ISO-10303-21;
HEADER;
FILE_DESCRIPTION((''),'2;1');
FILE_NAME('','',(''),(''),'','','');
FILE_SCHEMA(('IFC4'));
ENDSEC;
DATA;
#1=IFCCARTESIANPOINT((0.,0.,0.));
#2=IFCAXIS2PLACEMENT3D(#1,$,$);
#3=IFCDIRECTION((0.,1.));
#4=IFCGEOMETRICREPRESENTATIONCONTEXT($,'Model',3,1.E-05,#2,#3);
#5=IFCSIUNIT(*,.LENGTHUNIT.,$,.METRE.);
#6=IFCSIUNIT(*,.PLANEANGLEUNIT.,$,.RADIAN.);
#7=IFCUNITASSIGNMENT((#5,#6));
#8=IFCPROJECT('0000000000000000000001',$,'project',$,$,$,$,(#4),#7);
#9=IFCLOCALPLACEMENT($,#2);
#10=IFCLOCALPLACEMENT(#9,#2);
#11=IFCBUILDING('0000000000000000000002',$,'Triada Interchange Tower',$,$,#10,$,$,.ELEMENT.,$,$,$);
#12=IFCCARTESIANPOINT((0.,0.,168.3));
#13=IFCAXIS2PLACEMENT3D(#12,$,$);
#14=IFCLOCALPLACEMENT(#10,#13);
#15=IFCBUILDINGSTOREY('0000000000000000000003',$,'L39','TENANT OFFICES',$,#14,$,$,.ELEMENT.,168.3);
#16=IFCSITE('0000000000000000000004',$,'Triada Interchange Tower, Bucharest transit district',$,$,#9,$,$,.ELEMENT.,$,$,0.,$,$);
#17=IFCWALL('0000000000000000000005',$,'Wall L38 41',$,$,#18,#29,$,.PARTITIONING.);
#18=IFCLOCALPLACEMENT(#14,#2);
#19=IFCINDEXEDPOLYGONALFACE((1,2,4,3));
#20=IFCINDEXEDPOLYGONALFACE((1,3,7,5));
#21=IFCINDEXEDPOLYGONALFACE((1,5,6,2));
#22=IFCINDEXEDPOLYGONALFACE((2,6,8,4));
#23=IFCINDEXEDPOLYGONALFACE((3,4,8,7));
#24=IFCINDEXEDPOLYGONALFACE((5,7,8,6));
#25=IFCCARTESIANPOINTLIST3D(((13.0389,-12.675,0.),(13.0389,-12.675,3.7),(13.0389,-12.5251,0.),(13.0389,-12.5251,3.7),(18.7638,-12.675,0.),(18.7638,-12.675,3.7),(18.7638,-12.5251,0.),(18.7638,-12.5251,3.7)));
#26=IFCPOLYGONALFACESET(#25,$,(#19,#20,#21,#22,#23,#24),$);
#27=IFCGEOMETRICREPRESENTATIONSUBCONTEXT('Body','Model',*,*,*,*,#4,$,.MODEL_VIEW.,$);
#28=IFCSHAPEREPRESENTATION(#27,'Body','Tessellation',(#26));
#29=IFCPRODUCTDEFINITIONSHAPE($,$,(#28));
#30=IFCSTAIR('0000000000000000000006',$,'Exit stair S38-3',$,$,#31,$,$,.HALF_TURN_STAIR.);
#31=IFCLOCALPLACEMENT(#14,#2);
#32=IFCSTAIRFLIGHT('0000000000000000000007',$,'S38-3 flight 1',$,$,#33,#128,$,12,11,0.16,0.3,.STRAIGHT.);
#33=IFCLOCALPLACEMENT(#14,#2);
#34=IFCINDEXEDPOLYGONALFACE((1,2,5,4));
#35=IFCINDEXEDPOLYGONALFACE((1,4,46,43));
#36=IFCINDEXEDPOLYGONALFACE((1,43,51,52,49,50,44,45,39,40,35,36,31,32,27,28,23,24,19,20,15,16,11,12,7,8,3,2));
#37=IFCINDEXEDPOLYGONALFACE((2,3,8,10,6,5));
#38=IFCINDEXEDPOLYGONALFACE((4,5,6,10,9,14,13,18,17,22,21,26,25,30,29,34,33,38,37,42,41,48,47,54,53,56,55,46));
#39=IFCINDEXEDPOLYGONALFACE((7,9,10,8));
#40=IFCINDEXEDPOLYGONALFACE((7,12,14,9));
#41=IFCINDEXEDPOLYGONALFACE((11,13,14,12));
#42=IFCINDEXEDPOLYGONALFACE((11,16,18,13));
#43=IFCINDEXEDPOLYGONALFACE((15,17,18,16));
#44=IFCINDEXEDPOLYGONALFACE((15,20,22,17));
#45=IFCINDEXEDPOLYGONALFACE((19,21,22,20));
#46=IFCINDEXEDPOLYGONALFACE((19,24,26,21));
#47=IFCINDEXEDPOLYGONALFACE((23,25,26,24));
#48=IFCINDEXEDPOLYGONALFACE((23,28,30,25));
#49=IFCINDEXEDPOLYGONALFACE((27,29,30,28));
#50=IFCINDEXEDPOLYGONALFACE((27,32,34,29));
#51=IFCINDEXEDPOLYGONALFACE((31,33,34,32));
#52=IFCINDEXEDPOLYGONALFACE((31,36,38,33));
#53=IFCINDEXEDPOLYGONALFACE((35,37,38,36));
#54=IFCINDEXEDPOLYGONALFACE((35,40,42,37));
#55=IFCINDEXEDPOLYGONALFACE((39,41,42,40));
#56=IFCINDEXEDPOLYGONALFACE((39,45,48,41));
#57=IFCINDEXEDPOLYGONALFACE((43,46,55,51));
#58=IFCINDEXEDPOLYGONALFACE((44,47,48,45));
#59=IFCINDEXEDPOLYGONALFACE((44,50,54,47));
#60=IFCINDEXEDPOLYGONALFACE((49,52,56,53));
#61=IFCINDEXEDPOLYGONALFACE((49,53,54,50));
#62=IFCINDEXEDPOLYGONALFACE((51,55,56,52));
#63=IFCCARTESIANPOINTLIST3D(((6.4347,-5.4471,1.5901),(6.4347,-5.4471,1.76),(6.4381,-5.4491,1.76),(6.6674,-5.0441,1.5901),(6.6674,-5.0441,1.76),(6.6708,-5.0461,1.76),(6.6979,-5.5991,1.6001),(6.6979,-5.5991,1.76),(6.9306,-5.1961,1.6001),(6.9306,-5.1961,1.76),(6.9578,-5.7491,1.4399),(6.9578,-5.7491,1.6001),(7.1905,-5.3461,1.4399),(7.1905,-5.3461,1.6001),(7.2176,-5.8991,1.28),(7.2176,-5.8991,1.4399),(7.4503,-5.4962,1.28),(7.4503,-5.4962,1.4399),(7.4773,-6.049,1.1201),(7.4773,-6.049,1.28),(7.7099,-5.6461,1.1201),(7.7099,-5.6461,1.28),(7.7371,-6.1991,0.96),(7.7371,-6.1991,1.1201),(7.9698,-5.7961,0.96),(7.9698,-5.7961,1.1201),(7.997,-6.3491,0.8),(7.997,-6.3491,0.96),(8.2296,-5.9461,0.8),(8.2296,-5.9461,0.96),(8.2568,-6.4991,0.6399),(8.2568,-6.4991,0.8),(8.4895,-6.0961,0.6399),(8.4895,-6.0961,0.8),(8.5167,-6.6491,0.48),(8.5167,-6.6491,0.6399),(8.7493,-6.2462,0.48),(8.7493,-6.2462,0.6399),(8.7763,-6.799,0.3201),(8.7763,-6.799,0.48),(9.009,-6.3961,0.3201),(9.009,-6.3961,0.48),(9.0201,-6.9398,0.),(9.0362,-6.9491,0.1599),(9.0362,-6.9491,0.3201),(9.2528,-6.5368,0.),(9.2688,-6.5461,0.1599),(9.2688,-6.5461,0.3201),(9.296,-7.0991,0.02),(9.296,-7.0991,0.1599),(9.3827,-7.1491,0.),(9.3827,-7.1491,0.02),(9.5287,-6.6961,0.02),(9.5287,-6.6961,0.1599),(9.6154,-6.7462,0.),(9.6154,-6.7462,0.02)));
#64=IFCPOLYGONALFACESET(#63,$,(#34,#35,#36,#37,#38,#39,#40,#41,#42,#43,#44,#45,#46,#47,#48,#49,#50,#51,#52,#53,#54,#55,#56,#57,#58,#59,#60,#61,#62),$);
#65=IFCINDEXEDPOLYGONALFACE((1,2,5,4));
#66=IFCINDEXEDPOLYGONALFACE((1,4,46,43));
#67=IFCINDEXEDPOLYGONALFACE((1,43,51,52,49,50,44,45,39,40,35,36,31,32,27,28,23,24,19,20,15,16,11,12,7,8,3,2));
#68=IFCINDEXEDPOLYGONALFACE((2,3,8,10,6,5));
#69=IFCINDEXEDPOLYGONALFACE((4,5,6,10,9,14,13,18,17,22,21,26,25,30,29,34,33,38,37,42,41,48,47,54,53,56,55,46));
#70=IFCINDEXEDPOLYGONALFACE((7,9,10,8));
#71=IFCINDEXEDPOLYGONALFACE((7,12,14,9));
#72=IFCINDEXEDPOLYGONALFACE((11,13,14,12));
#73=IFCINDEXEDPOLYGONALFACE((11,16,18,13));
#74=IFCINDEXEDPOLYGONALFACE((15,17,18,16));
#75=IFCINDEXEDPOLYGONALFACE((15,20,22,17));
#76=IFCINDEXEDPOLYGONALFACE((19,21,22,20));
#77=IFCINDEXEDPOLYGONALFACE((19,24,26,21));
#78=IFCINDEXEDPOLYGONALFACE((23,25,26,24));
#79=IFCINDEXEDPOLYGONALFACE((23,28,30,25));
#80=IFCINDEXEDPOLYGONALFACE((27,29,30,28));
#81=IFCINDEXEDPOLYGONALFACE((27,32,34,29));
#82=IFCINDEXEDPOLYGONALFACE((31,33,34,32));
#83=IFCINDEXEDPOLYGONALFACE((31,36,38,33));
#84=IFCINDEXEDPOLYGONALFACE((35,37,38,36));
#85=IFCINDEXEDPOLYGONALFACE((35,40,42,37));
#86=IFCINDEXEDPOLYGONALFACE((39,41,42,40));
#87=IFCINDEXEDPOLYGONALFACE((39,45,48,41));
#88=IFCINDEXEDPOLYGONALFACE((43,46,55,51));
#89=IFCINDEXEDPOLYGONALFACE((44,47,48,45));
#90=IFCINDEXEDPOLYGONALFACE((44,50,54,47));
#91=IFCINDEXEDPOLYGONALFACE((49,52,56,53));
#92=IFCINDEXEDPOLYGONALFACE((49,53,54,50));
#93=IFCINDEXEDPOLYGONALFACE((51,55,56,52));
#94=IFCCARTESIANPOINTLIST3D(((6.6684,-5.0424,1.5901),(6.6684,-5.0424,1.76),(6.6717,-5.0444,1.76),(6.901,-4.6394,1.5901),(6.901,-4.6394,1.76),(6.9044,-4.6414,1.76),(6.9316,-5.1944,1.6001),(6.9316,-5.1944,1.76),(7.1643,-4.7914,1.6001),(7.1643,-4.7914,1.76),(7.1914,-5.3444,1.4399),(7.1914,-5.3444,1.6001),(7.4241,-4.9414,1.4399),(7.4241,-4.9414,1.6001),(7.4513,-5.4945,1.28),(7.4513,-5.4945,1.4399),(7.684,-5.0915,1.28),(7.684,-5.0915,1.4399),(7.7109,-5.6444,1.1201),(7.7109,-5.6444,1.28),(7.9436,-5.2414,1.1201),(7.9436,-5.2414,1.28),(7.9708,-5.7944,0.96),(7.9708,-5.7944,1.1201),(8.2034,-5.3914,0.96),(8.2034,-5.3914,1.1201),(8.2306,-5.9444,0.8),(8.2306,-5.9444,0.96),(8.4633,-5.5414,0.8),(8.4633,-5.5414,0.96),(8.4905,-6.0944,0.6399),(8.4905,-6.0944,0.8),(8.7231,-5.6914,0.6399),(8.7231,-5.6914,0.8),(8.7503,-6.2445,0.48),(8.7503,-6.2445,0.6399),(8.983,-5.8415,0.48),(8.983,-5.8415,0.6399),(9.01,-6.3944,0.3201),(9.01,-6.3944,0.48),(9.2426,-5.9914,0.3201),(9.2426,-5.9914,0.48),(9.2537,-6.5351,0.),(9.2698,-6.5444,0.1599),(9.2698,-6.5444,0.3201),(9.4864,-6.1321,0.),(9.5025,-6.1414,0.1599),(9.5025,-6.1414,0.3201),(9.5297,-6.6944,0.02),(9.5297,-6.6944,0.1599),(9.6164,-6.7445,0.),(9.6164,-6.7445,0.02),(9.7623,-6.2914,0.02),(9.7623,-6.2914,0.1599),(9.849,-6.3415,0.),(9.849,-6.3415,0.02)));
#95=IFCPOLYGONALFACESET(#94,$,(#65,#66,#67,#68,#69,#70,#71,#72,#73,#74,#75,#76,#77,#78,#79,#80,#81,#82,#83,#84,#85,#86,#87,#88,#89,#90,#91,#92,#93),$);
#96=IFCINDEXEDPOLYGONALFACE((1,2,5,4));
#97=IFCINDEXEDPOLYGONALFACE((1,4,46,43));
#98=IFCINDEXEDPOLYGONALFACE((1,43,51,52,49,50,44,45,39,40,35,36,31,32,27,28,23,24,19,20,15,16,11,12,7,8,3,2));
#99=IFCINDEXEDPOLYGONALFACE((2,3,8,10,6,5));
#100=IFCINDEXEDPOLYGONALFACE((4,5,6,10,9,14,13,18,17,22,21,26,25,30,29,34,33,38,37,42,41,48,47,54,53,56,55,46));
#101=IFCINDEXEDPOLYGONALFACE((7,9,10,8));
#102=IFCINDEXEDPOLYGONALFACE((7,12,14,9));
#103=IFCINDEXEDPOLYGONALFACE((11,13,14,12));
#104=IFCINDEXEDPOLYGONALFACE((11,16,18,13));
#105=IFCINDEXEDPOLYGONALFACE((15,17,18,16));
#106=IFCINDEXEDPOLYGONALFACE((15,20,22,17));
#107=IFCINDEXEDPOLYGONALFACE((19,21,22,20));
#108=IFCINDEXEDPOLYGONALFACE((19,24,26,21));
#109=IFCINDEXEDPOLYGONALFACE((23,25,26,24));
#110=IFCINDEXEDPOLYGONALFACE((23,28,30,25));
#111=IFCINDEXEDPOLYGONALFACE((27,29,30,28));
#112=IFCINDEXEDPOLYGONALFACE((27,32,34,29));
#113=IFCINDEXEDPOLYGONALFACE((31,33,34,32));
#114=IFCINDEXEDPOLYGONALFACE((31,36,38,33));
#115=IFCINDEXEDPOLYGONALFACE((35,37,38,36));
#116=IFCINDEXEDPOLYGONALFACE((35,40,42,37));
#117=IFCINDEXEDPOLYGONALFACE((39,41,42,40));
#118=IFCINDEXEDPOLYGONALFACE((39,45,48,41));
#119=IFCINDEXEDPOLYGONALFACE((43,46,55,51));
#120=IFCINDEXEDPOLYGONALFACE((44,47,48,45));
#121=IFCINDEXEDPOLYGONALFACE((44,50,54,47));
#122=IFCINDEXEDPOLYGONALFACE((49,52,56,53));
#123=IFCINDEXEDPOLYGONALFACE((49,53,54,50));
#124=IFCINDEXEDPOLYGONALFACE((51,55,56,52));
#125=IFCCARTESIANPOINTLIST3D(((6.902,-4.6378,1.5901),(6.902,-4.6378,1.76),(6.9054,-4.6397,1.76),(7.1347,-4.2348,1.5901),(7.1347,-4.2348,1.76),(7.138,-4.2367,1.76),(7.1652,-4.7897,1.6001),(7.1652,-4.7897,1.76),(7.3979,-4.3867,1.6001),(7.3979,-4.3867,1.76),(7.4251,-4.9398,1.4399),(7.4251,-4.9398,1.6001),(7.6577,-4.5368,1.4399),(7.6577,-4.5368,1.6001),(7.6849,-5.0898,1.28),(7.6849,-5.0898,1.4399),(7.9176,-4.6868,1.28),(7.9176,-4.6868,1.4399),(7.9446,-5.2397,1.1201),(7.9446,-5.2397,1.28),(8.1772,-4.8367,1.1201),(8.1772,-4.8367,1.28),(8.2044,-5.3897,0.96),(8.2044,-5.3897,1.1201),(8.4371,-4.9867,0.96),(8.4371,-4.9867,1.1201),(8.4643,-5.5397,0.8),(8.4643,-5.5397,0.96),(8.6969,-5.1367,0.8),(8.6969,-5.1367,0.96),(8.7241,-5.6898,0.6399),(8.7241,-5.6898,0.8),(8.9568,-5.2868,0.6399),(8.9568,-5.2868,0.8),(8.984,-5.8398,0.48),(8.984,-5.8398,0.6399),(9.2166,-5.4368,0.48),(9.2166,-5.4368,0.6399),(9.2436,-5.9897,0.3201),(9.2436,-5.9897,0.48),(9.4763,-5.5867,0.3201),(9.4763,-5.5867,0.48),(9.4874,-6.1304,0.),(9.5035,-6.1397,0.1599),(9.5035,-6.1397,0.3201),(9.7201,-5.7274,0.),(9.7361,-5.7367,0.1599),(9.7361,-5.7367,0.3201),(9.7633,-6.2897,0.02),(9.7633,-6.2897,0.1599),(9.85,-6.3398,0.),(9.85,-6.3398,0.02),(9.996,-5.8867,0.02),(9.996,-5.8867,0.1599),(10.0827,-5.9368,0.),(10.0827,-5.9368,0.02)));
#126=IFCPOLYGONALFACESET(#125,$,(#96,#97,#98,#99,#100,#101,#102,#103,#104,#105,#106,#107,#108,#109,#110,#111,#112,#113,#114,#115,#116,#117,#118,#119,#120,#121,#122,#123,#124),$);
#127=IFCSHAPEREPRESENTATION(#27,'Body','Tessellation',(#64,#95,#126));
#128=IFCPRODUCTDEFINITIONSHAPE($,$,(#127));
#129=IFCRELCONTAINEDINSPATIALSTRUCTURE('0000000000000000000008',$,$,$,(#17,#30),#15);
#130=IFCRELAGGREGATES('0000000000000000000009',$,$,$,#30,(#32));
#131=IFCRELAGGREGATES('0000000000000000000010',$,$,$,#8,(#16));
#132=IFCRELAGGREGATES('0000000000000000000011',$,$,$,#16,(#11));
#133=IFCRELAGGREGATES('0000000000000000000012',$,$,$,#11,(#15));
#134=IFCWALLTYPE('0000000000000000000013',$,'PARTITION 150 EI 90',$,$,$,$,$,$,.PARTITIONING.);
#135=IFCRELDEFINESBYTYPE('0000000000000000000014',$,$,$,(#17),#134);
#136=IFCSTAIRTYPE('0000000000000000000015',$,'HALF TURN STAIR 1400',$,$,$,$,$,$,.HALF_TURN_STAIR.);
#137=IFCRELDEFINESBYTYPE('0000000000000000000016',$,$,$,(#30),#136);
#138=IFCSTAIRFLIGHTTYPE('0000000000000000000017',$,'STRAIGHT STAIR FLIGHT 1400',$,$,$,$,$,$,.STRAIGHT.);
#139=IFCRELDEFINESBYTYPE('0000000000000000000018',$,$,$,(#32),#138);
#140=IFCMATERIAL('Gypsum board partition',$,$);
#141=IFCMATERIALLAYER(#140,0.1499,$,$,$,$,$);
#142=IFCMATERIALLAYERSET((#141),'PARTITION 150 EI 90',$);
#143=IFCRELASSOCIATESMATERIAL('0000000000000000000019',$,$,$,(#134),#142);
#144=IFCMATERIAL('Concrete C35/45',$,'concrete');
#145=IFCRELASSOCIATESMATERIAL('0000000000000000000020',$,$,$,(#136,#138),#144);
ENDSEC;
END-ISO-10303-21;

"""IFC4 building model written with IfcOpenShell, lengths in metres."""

from ifc_helpers import new_model, si_unit, direction, frame, frame_2d, origin, place, context, subcontext, project, spatial, polyline, rectangle, outline, extrude, material, layer, layer_set, type_object, element, aggregate, save


model = new_model("IFC4")

# Units and contexts
model_context = context("Model", 3, precision=1e-05, world=origin(), true_north=direction((0.0, 1.0)))
body_context = subcontext(model_context, "Body", "Model", "MODEL_VIEW")
ifc_project = project(units=[si_unit("LENGTHUNIT", "METRE"), si_unit("PLANEANGLEUNIT", "RADIAN")], contexts=[model_context])

# Site, building, storey
site_placement = place(None, origin())
site = spatial("IfcSite", under=ifc_project, at=site_placement, Name="Triada Interchange Tower, Bucharest transit district", CompositionType="ELEMENT", RefElevation=0.0)
building_placement = place(site_placement, origin())
building = spatial("IfcBuilding", under=site, at=building_placement, Name="Triada Interchange Tower", CompositionType="ELEMENT")
storey_placement = place(building_placement, frame((0.0, 0.0, 168.3)))
storey = spatial("IfcBuildingStorey", under=building, at=storey_placement, Name="L39", Description="TENANT OFFICES", CompositionType="ELEMENT", Elevation=168.3)

# Wall
ifc_material_1 = material(Name="Gypsum board partition")
ifc_layer_1 = layer(ifc_material_1, 0.1499)
ifc_layer_set_1 = layer_set([ifc_layer_1], Name="PARTITION 150 EI 90")
wall_type_1 = type_object("IfcWallType", Name="PARTITION 150 EI 90", PredefinedType="PARTITIONING", material=ifc_layer_set_1)
wall_1_placement = place(storey_placement, frame((13.0391, -12.6001, 0.0), z_axis=(0.0, 0.0, 1.0), x_axis=(1.0, 0.0, 0.0)))
element("IfcWall", 1, at=wall_1_placement, inside=storey, type_object=wall_type_1, Name="Wall L38 41", PredefinedType="PARTITIONING", context=body_context, shape_type="SweptSolid", body=[
    extrude(rectangle(XDim=5.7249, YDim=0.1499, at=frame_2d((2.8623, 0.0))), origin(), (0.0, 0.0, 1.0), 3.7),
])

# Stair, stair flight
ifc_material_2 = material(Name="Concrete C35/45", Category="concrete")
stair_type = type_object("IfcStairType", Name="HALF TURN STAIR 1400", PredefinedType="HALF_TURN_STAIR", material=ifc_material_2)
stair_placement = place(storey_placement, origin())
stair = element("IfcStair", 2, at=stair_placement, inside=storey, type_object=stair_type, Name="Exit stair S38-3", PredefinedType="HALF_TURN_STAIR")
stair_flight_type = type_object("IfcStairFlightType", Name="STRAIGHT STAIR FLIGHT 1400", PredefinedType="STRAIGHT", material=ifc_material_2)
stair_flight_1_placement = place(storey_placement, frame((9.646, -6.4929, 0.0), z_axis=(0.0, 0.0, 1.0), x_axis=(-0.866025, 0.5, 0.0)))
stair_flight_1 = element("IfcStairFlight", 3, at=stair_flight_1_placement, type_object=stair_flight_type, Name="S38-3 flight 1", NumberOfRisers=12, NumberOfTreads=11, PredefinedType="STRAIGHT", RiserHeight=0.16, TreadLength=0.3, context=body_context, shape_type="SweptSolid", body=[
    extrude(outline(polyline([(-0.1001, 0.0), (-0.1001, 0.02), (0.0, 0.02), (0.0, 0.1599), (0.3, 0.1599), (0.3, 0.3201), (0.6001, 0.3201), (0.6001, 0.48), (0.8999, 0.48), (0.8999, 0.6399), (1.2, 0.6399), (1.2, 0.8), (1.5, 0.8), (1.5, 0.96), (1.8, 0.96), (1.8, 1.1201), (2.1001, 1.1201), (2.1001, 1.28), (2.3999, 1.28), (2.3999, 1.4399), (2.7, 1.4399), (2.7, 1.6001), (3.0, 1.6001), (3.0, 1.76), (3.3, 1.76), (3.304, 1.76), (3.304, 1.9199), (3.304, 1.5901), (0.3186, 0.0), (-0.1001, 0.0)])), frame((0.0, 0.7, 0.0), z_axis=(0.0, -1.0, 0.0), x_axis=(1.0, 0.0, 0.0)), (0.0, 0.0, 1.0), 0.4653),
    extrude(outline(polyline([(-0.1001, 0.0), (-0.1001, 0.02), (0.0, 0.02), (0.0, 0.1599), (0.3, 0.1599), (0.3, 0.3201), (0.6001, 0.3201), (0.6001, 0.48), (0.8999, 0.48), (0.8999, 0.6399), (1.2, 0.6399), (1.2, 0.8), (1.5, 0.8), (1.5, 0.96), (1.8, 0.96), (1.8, 1.1201), (2.1001, 1.1201), (2.1001, 1.28), (2.3999, 1.28), (2.3999, 1.4399), (2.7, 1.4399), (2.7, 1.6001), (3.0, 1.6001), (3.0, 1.76), (3.3, 1.76), (3.304, 1.76), (3.304, 1.9199), (3.304, 1.5901), (0.3186, 0.0), (-0.1001, 0.0)])), frame((0.0, 0.2327, 0.0), z_axis=(0.0, -1.0, 0.0), x_axis=(1.0, 0.0, 0.0)), (0.0, 0.0, 1.0), 0.4653),
    extrude(outline(polyline([(-0.1001, 0.0), (-0.1001, 0.02), (0.0, 0.02), (0.0, 0.1599), (0.3, 0.1599), (0.3, 0.3201), (0.6001, 0.3201), (0.6001, 0.48), (0.8999, 0.48), (0.8999, 0.6399), (1.2, 0.6399), (1.2, 0.8), (1.5, 0.8), (1.5, 0.96), (1.8, 0.96), (1.8, 1.1201), (2.1001, 1.1201), (2.1001, 1.28), (2.3999, 1.28), (2.3999, 1.4399), (2.7, 1.4399), (2.7, 1.6001), (3.0, 1.6001), (3.0, 1.76), (3.3, 1.76), (3.304, 1.76), (3.304, 1.9199), (3.304, 1.5901), (0.3186, 0.0), (-0.1001, 0.0)])), frame((0.0, -0.2346, 0.0), z_axis=(0.0, -1.0, 0.0), x_axis=(1.0, 0.0, 0.0)), (0.0, 0.0, 1.0), 0.4653),
])
aggregate(stair, [stair_flight_1])

save(model, "model.ifc")
